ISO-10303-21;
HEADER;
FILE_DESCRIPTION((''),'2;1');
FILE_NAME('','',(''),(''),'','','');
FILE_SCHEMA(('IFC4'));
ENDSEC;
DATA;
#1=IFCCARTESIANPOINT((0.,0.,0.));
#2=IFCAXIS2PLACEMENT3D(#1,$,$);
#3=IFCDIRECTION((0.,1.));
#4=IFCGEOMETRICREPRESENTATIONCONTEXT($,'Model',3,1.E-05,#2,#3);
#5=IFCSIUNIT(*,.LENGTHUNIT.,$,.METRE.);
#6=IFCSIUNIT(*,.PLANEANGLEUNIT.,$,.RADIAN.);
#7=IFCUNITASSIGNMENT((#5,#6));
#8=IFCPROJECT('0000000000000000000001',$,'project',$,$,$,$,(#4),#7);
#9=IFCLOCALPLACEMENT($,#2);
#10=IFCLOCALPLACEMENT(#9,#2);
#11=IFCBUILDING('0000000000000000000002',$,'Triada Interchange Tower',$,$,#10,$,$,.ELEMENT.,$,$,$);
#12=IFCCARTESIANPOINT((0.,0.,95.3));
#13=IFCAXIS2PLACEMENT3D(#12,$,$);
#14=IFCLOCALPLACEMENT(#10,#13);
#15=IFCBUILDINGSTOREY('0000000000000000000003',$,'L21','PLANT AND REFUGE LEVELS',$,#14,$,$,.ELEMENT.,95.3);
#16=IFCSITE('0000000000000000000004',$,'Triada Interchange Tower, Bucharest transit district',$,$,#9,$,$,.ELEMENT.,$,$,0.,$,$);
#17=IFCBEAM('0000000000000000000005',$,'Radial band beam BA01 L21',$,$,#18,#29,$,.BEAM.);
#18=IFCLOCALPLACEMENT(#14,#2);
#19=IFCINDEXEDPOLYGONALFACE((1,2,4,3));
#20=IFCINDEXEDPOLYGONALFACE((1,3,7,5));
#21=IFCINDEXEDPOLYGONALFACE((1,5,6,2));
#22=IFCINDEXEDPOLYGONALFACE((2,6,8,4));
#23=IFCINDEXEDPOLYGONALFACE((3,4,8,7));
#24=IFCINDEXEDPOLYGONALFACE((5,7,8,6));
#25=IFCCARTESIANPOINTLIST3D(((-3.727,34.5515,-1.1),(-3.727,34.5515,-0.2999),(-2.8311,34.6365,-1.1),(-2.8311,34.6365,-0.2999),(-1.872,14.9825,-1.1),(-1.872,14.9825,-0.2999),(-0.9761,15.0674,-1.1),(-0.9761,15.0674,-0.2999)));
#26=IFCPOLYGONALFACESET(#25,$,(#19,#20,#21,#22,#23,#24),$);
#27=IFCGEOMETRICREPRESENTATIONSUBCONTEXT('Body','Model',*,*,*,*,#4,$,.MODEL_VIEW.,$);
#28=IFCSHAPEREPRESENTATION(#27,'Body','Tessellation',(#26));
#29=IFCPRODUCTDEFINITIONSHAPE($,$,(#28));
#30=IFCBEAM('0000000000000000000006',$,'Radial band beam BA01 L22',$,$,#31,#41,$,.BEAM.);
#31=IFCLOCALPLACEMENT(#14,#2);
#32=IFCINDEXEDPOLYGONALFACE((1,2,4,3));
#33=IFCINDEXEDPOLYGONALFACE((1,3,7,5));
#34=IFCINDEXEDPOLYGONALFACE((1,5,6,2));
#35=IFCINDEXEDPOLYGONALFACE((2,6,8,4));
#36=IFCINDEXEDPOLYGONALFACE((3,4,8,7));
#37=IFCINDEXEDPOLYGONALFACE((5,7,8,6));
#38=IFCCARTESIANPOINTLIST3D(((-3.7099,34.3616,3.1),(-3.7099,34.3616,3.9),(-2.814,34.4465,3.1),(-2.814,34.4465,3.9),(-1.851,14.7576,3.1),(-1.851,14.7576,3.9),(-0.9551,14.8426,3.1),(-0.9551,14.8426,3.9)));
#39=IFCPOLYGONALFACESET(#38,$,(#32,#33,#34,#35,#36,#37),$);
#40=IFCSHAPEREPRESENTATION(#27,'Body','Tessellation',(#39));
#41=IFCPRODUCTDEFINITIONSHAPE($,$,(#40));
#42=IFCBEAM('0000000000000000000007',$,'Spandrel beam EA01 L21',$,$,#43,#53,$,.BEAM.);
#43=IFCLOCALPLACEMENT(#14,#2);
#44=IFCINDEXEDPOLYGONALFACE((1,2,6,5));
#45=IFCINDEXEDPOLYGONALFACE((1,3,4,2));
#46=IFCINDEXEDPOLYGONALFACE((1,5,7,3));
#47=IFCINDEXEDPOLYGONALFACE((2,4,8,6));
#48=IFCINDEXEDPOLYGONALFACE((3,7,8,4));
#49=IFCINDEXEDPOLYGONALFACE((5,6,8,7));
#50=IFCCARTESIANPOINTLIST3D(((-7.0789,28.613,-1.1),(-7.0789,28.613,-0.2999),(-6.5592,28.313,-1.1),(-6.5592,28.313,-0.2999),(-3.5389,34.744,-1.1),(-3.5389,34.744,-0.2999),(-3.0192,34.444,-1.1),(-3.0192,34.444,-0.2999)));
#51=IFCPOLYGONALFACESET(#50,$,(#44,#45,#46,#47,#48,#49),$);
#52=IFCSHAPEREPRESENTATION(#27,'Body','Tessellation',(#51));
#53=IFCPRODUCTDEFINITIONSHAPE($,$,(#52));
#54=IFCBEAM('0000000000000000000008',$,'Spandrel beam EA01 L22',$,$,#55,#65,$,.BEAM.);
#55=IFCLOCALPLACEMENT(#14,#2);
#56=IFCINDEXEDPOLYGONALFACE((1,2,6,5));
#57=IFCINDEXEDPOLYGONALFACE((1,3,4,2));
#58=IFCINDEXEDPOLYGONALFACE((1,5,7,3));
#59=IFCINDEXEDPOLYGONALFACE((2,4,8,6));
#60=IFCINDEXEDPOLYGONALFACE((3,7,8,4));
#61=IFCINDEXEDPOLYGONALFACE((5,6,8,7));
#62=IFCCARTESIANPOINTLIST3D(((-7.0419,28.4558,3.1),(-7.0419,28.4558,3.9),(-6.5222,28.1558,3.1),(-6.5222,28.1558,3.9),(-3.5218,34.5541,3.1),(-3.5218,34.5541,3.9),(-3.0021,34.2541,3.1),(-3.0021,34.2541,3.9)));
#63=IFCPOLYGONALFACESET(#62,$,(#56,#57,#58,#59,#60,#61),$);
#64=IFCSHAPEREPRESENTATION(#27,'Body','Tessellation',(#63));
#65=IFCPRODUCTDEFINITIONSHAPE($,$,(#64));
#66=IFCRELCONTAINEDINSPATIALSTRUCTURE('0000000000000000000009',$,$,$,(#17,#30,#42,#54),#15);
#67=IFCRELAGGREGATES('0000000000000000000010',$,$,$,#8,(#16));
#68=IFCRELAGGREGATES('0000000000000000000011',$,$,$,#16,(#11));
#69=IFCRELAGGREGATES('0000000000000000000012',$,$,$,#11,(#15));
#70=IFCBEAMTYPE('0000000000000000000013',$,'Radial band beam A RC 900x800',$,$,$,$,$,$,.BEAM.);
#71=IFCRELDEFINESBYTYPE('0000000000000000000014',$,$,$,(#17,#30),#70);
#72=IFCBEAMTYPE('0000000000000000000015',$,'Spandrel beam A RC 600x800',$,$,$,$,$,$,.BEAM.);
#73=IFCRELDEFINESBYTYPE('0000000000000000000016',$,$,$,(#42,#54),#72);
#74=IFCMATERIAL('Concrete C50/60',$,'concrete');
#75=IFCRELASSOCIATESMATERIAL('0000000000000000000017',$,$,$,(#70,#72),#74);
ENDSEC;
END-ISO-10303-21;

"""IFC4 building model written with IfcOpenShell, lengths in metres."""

from ifc_helpers import new_model, si_unit, direction, frame, origin, origin_2d, place, context, subcontext, project, spatial, rectangle, extrude, material, material_profile, profile_set, type_object, element, save


model = new_model("IFC4")

# Units and contexts
model_context = context("Model", 3, precision=1e-05, world=origin(), true_north=direction((0.0, 1.0)))
body_context = subcontext(model_context, "Body", "Model", "MODEL_VIEW")
ifc_project = project(units=[si_unit("LENGTHUNIT", "METRE"), si_unit("PLANEANGLEUNIT", "RADIAN")], contexts=[model_context])

# Site, building, storey
site_placement = place(None, origin())
site = spatial("IfcSite", under=ifc_project, at=site_placement, Name="Triada Interchange Tower, Bucharest transit district", CompositionType="ELEMENT", RefElevation=0.0)
building_placement = place(site_placement, origin())
building = spatial("IfcBuilding", under=site, at=building_placement, Name="Triada Interchange Tower", CompositionType="ELEMENT")
storey_placement = place(building_placement, frame((0.0, 0.0, 95.3)))
storey = spatial("IfcBuildingStorey", under=building, at=storey_placement, Name="L21", Description="PLANT AND REFUGE LEVELS", CompositionType="ELEMENT", Elevation=95.3)

# Beams
ifc_material_1 = material(Name="Concrete C50/60", Category="concrete")
ifc_material_profile_1 = material_profile(ifc_material_1, rectangle(XDim=0.8999, YDim=0.8, at=origin_2d()), Name="RC 900x800")
ifc_profile_set_1 = profile_set([ifc_material_profile_1], Name="Concrete C50/60")
beam_type_1 = type_object("IfcBeamType", Name="Radial band beam A RC 900x800", PredefinedType="BEAM", material=ifc_profile_set_1)
beam_1_placement = place(storey_placement, frame((-3.2791, 34.594, -0.7), z_axis=(0.094368, -0.995537, 0.0), x_axis=(0.995537, 0.094368, 0.0)))
element("IfcBeam", 1, at=beam_1_placement, inside=storey, type_object=beam_type_1, Name="Radial band beam BA01 L21", PredefinedType="BEAM", context=body_context, shape_type="SweptSolid", body=[
    extrude(rectangle(XDim=0.8999, YDim=0.8, at=origin_2d()), origin(), (0.0, 0.0, 1.0), 19.6567),
])
beam_2_placement = place(storey_placement, frame((-3.262, 34.4041, 3.5), z_axis=(0.094398, -0.995535, 0.0), x_axis=(0.995535, 0.094398, 0.0)))
element("IfcBeam", 2, at=beam_2_placement, inside=storey, type_object=beam_type_1, Name="Radial band beam BA01 L22", PredefinedType="BEAM", context=body_context, shape_type="SweptSolid", body=[
    extrude(rectangle(XDim=0.8999, YDim=0.8, at=origin_2d()), origin(), (0.0, 0.0, 1.0), 19.6919),
])
ifc_material_profile_2 = material_profile(ifc_material_1, rectangle(XDim=0.6001, YDim=0.8, at=origin_2d()), Name="RC 600x800")
ifc_profile_set_2 = profile_set([ifc_material_profile_2], Name="Concrete C50/60")
beam_type_2 = type_object("IfcBeamType", Name="Spandrel beam A RC 600x800", PredefinedType="BEAM", material=ifc_profile_set_2)
beam_3_placement = place(storey_placement, frame((-3.2791, 34.594, -0.7), z_axis=(-0.500026, -0.86601, 0.0), x_axis=(0.86601, -0.500026, 0.0)))
element("IfcBeam", 3, at=beam_3_placement, inside=storey, type_object=beam_type_2, Name="Spandrel beam EA01 L21", PredefinedType="BEAM", context=body_context, shape_type="SweptSolid", body=[
    extrude(rectangle(XDim=0.6001, YDim=0.8, at=origin_2d()), origin(), (0.0, 0.0, 1.0), 7.0796),
])
beam_4_placement = place(storey_placement, frame((-3.262, 34.4041, 3.5), z_axis=(-0.499921, -0.866071, 0.0), x_axis=(0.866071, -0.499921, 0.0)))
element("IfcBeam", 4, at=beam_4_placement, inside=storey, type_object=beam_type_2, Name="Spandrel beam EA01 L22", PredefinedType="BEAM", context=body_context, shape_type="SweptSolid", body=[
    extrude(rectangle(XDim=0.6001, YDim=0.8, at=origin_2d()), origin(), (0.0, 0.0, 1.0), 7.0413),
])

save(model, "model.ifc")
